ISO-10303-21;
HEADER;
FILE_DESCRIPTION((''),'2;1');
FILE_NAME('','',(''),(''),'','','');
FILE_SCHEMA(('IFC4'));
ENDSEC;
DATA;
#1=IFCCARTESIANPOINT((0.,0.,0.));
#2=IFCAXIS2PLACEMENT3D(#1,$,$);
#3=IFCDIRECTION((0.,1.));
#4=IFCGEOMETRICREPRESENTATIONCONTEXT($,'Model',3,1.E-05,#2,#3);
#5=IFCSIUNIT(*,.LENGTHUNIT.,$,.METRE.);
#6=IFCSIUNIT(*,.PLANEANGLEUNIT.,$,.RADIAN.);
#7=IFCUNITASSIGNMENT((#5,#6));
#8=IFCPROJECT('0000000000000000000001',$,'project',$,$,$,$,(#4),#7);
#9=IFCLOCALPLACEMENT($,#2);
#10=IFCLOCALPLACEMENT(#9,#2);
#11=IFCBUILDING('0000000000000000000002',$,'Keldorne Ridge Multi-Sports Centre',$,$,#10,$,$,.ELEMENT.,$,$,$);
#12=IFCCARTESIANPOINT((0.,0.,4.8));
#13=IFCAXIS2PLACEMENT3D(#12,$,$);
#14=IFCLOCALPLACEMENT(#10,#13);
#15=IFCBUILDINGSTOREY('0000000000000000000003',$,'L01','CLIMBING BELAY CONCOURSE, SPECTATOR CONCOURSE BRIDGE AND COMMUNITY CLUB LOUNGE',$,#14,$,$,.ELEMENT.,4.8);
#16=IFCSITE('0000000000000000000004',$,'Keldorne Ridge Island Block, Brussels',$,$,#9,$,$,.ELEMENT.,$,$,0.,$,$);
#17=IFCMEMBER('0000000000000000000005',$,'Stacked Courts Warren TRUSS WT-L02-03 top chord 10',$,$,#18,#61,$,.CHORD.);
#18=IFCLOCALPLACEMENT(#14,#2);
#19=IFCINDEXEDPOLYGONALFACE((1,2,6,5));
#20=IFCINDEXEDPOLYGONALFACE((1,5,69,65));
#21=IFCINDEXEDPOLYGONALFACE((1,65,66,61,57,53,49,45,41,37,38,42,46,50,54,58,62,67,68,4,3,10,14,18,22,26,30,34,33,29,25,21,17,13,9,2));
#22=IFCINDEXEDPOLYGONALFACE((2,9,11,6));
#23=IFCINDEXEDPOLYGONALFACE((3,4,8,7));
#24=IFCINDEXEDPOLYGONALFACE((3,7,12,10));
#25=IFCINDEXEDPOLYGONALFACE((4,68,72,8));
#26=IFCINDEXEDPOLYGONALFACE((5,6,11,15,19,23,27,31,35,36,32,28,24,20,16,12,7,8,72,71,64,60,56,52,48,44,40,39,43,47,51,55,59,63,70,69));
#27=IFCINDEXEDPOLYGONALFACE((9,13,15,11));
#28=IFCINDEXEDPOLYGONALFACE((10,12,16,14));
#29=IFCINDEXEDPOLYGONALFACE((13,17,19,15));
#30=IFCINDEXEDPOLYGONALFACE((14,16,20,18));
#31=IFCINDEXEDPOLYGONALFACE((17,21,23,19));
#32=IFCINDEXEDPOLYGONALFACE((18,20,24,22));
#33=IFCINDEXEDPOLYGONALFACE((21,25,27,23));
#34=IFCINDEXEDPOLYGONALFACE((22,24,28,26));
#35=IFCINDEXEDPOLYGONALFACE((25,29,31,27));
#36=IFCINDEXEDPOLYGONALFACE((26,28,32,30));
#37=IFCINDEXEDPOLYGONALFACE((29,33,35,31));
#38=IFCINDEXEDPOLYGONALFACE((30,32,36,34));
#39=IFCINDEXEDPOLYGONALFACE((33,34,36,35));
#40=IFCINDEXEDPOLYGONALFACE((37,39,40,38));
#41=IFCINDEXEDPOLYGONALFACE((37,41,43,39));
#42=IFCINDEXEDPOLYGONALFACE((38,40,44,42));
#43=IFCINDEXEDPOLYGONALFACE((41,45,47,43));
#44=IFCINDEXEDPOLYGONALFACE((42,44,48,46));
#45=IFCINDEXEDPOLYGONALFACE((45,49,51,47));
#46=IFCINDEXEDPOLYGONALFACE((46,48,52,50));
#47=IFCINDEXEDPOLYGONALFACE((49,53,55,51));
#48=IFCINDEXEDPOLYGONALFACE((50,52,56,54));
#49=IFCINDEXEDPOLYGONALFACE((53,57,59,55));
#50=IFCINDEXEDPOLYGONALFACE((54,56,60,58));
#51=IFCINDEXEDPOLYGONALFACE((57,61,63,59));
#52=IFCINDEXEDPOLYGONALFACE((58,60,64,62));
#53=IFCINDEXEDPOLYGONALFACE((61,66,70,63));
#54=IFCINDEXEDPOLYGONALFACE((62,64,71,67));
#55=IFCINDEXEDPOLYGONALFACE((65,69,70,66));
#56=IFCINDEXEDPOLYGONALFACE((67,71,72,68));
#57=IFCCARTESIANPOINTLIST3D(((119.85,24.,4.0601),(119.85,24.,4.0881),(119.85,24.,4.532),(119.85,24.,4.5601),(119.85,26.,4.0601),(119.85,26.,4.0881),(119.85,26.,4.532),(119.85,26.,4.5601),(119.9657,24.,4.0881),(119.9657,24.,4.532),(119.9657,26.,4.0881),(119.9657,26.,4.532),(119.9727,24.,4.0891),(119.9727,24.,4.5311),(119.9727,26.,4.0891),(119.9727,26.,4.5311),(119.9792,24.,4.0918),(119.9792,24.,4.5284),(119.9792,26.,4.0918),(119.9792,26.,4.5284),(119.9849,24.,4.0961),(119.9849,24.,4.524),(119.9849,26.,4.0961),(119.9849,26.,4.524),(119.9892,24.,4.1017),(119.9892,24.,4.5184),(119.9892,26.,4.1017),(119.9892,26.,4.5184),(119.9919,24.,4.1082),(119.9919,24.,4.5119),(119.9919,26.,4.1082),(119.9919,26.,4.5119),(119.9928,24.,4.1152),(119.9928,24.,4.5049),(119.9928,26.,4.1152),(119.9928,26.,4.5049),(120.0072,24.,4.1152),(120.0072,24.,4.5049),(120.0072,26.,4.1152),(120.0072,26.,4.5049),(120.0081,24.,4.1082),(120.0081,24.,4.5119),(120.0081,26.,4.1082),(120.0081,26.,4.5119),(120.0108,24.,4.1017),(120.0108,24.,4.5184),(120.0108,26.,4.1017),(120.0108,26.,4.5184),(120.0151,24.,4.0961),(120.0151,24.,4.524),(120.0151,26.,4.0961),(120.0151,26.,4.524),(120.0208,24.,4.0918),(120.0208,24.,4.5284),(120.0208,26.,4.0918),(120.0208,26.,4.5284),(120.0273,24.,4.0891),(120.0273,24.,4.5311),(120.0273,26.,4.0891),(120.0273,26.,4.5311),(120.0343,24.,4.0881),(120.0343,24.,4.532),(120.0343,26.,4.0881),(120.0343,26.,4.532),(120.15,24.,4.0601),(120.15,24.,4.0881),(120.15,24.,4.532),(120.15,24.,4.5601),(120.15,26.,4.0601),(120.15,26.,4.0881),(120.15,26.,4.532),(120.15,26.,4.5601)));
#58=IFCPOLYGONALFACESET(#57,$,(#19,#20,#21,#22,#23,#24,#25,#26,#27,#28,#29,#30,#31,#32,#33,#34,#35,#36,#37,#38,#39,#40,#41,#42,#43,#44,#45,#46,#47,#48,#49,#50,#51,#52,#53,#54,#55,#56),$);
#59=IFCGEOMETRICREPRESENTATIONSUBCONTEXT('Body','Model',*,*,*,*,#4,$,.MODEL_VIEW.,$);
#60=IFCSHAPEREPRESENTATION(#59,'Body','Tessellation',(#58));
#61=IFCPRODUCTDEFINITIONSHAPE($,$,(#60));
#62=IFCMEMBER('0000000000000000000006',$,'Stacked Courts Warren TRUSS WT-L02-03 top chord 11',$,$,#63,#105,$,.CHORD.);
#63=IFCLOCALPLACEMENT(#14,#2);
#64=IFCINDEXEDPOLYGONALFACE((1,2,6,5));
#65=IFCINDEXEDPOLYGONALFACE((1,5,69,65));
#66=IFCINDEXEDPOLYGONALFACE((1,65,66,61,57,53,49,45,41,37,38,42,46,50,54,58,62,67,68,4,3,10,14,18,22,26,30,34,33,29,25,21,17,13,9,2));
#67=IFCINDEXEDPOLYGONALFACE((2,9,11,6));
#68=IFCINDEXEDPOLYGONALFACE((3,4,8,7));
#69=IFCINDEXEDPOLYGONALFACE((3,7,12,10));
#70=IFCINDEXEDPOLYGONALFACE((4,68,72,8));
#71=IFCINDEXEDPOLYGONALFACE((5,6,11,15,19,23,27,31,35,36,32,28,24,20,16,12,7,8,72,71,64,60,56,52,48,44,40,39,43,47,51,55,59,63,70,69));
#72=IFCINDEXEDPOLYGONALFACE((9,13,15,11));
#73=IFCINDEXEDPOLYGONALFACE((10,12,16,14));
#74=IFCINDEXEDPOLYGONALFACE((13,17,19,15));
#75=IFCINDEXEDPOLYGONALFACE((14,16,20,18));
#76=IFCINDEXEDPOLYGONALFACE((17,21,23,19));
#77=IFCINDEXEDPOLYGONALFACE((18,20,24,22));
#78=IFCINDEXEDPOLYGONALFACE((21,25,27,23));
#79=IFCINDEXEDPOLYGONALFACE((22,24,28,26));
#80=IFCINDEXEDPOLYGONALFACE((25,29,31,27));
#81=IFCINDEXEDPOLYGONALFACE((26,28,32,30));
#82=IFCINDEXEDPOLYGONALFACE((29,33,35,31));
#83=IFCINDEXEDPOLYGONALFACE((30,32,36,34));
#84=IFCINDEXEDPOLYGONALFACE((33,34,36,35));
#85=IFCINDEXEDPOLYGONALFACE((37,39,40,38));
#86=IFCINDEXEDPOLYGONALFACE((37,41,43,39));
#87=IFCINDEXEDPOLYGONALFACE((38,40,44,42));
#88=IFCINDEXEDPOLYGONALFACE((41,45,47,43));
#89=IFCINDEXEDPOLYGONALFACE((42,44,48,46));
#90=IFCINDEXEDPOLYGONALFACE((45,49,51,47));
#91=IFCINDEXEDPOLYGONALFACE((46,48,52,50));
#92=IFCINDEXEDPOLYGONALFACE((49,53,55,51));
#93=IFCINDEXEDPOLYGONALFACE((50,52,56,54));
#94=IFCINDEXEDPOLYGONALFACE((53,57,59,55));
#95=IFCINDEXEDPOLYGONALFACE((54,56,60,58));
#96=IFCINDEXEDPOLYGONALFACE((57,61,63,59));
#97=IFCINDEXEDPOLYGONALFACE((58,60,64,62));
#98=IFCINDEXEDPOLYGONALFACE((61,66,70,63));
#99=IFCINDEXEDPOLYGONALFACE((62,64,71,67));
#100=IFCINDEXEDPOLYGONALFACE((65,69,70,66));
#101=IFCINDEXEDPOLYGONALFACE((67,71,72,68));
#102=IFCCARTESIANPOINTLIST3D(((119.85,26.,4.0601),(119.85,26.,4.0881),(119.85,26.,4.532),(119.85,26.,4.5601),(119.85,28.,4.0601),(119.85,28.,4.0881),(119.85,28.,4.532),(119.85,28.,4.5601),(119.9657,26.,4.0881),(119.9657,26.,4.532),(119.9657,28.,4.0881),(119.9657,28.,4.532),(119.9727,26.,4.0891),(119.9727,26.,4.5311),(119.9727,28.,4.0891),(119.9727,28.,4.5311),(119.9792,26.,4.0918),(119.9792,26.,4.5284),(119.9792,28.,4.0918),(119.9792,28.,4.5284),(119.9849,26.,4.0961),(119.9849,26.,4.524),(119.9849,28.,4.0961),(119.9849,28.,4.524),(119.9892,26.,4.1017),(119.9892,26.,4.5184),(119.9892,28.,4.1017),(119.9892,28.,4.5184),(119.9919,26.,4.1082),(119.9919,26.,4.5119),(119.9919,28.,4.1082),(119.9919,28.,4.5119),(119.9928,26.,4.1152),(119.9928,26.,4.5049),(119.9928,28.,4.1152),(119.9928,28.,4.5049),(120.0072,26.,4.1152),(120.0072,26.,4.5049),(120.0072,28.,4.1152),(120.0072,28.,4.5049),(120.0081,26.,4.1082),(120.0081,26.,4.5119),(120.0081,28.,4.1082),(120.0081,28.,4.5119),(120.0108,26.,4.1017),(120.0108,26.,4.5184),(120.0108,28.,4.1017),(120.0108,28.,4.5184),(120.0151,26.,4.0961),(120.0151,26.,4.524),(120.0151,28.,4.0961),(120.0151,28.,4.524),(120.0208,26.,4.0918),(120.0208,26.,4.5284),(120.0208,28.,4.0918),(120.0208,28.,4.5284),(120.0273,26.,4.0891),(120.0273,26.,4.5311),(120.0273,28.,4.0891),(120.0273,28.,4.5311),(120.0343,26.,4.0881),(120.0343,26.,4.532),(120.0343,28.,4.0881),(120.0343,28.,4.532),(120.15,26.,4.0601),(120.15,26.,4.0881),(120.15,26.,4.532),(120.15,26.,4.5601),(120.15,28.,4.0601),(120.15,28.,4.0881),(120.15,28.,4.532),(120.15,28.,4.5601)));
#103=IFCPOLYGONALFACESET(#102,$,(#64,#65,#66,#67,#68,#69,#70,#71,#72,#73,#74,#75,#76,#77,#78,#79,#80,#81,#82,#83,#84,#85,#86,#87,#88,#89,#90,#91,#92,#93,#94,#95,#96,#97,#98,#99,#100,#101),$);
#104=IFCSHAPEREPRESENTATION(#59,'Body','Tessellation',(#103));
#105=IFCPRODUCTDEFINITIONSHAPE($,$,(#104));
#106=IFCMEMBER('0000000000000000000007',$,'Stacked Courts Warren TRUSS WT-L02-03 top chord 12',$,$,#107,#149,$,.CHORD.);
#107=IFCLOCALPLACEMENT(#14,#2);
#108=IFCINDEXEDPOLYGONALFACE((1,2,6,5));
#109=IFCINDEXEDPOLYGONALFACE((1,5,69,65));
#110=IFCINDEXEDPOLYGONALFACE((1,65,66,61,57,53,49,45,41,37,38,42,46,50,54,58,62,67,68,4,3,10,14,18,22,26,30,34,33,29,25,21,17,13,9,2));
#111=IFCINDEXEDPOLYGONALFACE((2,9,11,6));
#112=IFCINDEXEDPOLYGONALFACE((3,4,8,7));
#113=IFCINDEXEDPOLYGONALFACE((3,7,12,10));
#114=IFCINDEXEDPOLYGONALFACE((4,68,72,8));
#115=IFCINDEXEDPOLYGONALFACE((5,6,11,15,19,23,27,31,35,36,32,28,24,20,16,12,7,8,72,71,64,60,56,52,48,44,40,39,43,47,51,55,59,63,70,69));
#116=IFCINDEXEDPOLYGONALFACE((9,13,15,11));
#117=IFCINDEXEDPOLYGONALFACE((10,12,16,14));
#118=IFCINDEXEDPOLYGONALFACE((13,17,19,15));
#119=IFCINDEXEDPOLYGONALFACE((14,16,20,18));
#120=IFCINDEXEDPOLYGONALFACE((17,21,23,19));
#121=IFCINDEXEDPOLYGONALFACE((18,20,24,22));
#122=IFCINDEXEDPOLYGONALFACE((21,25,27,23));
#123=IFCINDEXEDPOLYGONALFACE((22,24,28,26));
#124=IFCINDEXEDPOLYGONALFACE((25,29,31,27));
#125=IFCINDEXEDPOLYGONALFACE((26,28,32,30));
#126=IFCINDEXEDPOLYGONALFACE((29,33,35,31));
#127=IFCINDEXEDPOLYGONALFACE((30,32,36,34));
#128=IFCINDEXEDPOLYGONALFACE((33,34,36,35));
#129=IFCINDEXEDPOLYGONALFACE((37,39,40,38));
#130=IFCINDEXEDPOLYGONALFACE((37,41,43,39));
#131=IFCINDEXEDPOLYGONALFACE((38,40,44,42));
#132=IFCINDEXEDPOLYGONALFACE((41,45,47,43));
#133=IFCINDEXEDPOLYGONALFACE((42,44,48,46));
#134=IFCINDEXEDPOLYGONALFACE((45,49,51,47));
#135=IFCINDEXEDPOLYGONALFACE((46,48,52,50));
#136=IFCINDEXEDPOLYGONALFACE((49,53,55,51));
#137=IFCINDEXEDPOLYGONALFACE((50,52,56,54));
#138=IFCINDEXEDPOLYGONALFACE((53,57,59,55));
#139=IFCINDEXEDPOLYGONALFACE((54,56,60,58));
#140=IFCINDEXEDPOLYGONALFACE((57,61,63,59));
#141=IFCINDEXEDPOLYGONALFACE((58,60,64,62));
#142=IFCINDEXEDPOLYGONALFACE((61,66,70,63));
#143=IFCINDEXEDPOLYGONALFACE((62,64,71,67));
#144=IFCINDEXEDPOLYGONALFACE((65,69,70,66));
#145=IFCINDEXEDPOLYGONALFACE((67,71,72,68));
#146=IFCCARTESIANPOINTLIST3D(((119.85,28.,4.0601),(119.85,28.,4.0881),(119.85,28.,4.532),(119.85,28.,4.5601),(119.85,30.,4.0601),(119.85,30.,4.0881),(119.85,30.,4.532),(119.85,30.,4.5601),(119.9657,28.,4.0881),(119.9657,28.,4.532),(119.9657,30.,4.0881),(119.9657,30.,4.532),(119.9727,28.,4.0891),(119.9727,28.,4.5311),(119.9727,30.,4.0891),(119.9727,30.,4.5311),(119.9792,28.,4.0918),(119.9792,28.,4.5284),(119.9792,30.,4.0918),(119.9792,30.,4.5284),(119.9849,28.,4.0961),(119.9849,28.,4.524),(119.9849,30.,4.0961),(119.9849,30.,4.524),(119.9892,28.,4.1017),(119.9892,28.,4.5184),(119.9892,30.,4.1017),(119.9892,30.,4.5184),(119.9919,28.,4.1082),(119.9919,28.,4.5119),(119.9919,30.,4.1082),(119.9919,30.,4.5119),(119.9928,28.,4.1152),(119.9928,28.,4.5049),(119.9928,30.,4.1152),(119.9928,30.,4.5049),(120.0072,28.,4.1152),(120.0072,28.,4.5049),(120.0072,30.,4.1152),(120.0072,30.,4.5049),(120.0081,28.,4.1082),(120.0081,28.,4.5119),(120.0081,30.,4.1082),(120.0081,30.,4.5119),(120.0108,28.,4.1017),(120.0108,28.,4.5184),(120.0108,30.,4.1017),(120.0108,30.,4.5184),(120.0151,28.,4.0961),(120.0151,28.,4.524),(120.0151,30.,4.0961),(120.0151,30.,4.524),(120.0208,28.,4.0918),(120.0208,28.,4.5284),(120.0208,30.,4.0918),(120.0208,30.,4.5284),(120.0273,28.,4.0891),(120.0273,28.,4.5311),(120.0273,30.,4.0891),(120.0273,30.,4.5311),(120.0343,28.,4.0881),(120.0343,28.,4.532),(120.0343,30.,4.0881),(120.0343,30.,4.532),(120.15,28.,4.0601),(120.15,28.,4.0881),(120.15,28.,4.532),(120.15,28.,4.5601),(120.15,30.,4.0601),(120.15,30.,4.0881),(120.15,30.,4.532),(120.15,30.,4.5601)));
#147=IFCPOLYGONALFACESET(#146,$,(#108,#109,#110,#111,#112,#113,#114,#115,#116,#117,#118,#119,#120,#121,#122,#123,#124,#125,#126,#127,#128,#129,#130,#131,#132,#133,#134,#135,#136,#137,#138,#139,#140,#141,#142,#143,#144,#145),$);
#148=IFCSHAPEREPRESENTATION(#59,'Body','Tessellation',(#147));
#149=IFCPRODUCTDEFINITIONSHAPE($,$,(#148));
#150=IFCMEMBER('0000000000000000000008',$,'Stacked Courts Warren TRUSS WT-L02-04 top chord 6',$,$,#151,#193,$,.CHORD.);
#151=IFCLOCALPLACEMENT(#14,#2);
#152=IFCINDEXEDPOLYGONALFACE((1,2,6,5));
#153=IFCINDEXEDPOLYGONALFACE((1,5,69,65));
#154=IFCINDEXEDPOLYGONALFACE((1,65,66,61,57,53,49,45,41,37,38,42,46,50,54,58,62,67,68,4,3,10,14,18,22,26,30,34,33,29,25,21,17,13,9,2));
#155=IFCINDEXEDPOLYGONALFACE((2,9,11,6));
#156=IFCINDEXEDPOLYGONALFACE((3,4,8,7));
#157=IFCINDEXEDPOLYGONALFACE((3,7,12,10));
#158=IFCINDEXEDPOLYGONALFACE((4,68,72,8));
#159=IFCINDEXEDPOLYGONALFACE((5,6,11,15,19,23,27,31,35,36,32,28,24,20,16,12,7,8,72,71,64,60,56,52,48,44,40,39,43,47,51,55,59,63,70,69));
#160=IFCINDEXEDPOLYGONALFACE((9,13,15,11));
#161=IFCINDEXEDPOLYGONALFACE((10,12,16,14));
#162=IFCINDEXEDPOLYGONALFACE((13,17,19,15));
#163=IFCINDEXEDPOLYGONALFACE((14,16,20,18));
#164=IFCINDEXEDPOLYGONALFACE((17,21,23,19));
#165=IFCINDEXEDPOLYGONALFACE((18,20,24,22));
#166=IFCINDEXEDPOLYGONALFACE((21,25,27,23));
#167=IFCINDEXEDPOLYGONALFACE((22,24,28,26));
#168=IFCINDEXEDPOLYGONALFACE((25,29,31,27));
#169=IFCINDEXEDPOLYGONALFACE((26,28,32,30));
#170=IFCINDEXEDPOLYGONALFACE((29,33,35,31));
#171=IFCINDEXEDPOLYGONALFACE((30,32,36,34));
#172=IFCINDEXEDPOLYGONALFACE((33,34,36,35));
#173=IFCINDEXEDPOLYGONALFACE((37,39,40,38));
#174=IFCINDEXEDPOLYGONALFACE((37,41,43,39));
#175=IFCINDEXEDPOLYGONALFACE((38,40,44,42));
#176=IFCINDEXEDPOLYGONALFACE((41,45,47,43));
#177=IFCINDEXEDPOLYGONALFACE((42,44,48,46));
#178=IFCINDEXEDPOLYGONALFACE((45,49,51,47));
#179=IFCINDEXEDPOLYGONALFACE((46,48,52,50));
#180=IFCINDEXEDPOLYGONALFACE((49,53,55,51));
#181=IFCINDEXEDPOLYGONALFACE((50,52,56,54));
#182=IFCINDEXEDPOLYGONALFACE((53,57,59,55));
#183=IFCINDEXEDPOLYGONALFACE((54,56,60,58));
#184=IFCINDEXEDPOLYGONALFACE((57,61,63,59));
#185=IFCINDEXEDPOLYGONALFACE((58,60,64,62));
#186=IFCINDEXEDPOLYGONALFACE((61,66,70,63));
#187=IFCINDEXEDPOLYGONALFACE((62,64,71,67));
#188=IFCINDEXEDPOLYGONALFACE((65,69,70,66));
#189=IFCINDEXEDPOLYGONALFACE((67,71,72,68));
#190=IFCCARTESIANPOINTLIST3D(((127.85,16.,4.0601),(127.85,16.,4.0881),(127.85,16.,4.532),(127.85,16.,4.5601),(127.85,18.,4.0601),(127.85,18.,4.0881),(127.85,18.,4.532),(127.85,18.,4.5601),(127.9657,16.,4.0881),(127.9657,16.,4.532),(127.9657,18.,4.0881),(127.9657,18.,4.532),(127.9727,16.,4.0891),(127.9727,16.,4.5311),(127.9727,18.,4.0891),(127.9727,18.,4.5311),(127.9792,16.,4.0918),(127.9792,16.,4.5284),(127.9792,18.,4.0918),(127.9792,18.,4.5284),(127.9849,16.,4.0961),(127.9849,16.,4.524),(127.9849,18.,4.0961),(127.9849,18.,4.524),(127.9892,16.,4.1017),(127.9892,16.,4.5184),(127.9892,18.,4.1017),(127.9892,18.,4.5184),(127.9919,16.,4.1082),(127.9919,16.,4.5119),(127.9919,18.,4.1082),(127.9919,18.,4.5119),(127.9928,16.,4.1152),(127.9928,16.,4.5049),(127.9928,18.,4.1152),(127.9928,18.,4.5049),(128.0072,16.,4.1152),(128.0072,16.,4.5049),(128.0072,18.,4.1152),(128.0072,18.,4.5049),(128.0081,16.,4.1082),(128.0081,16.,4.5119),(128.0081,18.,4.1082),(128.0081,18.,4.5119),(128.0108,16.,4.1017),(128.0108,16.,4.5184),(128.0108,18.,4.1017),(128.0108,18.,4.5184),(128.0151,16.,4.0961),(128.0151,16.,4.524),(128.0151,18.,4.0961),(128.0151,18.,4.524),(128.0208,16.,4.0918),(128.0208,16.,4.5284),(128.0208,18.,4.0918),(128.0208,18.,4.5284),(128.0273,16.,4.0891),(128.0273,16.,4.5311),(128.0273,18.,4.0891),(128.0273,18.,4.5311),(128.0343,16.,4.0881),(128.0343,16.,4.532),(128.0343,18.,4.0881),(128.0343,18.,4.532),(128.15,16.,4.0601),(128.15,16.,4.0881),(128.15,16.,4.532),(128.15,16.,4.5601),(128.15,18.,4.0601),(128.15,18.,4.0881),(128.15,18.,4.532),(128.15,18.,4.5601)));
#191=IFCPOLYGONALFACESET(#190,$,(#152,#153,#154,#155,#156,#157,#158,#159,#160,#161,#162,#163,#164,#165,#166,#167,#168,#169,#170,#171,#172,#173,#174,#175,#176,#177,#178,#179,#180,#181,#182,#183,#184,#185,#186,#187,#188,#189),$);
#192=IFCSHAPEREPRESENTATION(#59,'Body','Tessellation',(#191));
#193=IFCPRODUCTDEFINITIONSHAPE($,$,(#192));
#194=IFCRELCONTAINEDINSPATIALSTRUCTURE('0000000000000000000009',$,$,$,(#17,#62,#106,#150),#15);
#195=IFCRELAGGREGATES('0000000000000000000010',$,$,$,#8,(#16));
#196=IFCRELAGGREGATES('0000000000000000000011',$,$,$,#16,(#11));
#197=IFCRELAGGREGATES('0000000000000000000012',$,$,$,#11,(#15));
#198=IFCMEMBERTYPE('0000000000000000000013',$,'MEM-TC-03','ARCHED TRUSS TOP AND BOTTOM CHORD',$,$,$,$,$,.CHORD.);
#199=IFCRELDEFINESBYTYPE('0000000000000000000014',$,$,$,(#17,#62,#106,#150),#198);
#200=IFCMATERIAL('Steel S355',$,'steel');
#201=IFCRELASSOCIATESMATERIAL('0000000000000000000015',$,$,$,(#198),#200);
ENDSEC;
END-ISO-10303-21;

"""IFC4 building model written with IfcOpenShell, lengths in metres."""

from ifc_helpers import new_model, si_unit, direction, frame, origin, origin_2d, place, context, subcontext, project, spatial, i_section, extrude, material, material_profile, profile_set, type_object, element, save


model = new_model("IFC4")

# Units and contexts
model_context = context("Model", 3, precision=1e-05, world=origin(), true_north=direction((0.0, 1.0)))
body_context = subcontext(model_context, "Body", "Model", "MODEL_VIEW")
ifc_project = project(units=[si_unit("LENGTHUNIT", "METRE"), si_unit("PLANEANGLEUNIT", "RADIAN")], contexts=[model_context])

# Site, building, storey
site_placement = place(None, origin())
site = spatial("IfcSite", under=ifc_project, at=site_placement, Name="Keldorne Ridge Island Block, Brussels", CompositionType="ELEMENT", RefElevation=0.0)
building_placement = place(site_placement, origin())
building = spatial("IfcBuilding", under=site, at=building_placement, Name="Keldorne Ridge Multi-Sports Centre", CompositionType="ELEMENT")
storey_placement = place(building_placement, frame((0.0, 0.0, 4.8)))
storey = spatial("IfcBuildingStorey", under=building, at=storey_placement, Name="L01", Description="CLIMBING BELAY CONCOURSE, SPECTATOR CONCOURSE BRIDGE AND COMMUNITY CLUB LOUNGE", CompositionType="ELEMENT", Elevation=4.8)

# Members
ifc_material = material(Name="Steel S355", Category="steel")
ifc_material_profile_1 = material_profile(ifc_material, i_section(OverallWidth=0.3, OverallDepth=0.5, WebThickness=0.0144, FlangeThickness=0.0281, FilletRadius=0.0271, at=origin_2d()), Name="HEB 500")
ifc_profile_set_1 = profile_set([ifc_material_profile_1], Name="Steel S355")
member_type_1 = type_object("IfcMemberType", Name="MEM-TC-03", Description="ARCHED TRUSS TOP AND BOTTOM CHORD", PredefinedType="CHORD", material=ifc_profile_set_1)
for number, where, z_axis, x_axis, name in (
    (1, (120.0, 24.0, 4.3101), (0.0, 1.0, 0.0), (-1.0, 0.0, 0.0), "Stacked Courts Warren TRUSS WT-L02-03 top chord 10"),
    (2, (120.0, 26.0, 4.3101), (0.0, 1.0, 0.0), (-1.0, 0.0, 0.0), "Stacked Courts Warren TRUSS WT-L02-03 top chord 11"),
    (3, (120.0, 28.0, 4.3101), (0.0, 1.0, 0.0), (-1.0, 0.0, 0.0), "Stacked Courts Warren TRUSS WT-L02-03 top chord 12"),
    (4, (128.0, 16.0, 4.3101), (0.0, 1.0, 0.0), (-1.0, 0.0, 0.0), "Stacked Courts Warren TRUSS WT-L02-04 top chord 6"),
):
    element("IfcMember", number, at=place(storey_placement, frame(where, z_axis=z_axis, x_axis=x_axis)), inside=storey, type_object=member_type_1, Name=name, PredefinedType="CHORD", context=body_context, shape_type="SweptSolid", body=[
        extrude(i_section(OverallWidth=0.3, OverallDepth=0.5, WebThickness=0.0144, FlangeThickness=0.0281, FilletRadius=0.0271, at=origin_2d()), origin(), (0.0, 0.0, 1.0), 2.0),
    ])

save(model, "model.ifc")
